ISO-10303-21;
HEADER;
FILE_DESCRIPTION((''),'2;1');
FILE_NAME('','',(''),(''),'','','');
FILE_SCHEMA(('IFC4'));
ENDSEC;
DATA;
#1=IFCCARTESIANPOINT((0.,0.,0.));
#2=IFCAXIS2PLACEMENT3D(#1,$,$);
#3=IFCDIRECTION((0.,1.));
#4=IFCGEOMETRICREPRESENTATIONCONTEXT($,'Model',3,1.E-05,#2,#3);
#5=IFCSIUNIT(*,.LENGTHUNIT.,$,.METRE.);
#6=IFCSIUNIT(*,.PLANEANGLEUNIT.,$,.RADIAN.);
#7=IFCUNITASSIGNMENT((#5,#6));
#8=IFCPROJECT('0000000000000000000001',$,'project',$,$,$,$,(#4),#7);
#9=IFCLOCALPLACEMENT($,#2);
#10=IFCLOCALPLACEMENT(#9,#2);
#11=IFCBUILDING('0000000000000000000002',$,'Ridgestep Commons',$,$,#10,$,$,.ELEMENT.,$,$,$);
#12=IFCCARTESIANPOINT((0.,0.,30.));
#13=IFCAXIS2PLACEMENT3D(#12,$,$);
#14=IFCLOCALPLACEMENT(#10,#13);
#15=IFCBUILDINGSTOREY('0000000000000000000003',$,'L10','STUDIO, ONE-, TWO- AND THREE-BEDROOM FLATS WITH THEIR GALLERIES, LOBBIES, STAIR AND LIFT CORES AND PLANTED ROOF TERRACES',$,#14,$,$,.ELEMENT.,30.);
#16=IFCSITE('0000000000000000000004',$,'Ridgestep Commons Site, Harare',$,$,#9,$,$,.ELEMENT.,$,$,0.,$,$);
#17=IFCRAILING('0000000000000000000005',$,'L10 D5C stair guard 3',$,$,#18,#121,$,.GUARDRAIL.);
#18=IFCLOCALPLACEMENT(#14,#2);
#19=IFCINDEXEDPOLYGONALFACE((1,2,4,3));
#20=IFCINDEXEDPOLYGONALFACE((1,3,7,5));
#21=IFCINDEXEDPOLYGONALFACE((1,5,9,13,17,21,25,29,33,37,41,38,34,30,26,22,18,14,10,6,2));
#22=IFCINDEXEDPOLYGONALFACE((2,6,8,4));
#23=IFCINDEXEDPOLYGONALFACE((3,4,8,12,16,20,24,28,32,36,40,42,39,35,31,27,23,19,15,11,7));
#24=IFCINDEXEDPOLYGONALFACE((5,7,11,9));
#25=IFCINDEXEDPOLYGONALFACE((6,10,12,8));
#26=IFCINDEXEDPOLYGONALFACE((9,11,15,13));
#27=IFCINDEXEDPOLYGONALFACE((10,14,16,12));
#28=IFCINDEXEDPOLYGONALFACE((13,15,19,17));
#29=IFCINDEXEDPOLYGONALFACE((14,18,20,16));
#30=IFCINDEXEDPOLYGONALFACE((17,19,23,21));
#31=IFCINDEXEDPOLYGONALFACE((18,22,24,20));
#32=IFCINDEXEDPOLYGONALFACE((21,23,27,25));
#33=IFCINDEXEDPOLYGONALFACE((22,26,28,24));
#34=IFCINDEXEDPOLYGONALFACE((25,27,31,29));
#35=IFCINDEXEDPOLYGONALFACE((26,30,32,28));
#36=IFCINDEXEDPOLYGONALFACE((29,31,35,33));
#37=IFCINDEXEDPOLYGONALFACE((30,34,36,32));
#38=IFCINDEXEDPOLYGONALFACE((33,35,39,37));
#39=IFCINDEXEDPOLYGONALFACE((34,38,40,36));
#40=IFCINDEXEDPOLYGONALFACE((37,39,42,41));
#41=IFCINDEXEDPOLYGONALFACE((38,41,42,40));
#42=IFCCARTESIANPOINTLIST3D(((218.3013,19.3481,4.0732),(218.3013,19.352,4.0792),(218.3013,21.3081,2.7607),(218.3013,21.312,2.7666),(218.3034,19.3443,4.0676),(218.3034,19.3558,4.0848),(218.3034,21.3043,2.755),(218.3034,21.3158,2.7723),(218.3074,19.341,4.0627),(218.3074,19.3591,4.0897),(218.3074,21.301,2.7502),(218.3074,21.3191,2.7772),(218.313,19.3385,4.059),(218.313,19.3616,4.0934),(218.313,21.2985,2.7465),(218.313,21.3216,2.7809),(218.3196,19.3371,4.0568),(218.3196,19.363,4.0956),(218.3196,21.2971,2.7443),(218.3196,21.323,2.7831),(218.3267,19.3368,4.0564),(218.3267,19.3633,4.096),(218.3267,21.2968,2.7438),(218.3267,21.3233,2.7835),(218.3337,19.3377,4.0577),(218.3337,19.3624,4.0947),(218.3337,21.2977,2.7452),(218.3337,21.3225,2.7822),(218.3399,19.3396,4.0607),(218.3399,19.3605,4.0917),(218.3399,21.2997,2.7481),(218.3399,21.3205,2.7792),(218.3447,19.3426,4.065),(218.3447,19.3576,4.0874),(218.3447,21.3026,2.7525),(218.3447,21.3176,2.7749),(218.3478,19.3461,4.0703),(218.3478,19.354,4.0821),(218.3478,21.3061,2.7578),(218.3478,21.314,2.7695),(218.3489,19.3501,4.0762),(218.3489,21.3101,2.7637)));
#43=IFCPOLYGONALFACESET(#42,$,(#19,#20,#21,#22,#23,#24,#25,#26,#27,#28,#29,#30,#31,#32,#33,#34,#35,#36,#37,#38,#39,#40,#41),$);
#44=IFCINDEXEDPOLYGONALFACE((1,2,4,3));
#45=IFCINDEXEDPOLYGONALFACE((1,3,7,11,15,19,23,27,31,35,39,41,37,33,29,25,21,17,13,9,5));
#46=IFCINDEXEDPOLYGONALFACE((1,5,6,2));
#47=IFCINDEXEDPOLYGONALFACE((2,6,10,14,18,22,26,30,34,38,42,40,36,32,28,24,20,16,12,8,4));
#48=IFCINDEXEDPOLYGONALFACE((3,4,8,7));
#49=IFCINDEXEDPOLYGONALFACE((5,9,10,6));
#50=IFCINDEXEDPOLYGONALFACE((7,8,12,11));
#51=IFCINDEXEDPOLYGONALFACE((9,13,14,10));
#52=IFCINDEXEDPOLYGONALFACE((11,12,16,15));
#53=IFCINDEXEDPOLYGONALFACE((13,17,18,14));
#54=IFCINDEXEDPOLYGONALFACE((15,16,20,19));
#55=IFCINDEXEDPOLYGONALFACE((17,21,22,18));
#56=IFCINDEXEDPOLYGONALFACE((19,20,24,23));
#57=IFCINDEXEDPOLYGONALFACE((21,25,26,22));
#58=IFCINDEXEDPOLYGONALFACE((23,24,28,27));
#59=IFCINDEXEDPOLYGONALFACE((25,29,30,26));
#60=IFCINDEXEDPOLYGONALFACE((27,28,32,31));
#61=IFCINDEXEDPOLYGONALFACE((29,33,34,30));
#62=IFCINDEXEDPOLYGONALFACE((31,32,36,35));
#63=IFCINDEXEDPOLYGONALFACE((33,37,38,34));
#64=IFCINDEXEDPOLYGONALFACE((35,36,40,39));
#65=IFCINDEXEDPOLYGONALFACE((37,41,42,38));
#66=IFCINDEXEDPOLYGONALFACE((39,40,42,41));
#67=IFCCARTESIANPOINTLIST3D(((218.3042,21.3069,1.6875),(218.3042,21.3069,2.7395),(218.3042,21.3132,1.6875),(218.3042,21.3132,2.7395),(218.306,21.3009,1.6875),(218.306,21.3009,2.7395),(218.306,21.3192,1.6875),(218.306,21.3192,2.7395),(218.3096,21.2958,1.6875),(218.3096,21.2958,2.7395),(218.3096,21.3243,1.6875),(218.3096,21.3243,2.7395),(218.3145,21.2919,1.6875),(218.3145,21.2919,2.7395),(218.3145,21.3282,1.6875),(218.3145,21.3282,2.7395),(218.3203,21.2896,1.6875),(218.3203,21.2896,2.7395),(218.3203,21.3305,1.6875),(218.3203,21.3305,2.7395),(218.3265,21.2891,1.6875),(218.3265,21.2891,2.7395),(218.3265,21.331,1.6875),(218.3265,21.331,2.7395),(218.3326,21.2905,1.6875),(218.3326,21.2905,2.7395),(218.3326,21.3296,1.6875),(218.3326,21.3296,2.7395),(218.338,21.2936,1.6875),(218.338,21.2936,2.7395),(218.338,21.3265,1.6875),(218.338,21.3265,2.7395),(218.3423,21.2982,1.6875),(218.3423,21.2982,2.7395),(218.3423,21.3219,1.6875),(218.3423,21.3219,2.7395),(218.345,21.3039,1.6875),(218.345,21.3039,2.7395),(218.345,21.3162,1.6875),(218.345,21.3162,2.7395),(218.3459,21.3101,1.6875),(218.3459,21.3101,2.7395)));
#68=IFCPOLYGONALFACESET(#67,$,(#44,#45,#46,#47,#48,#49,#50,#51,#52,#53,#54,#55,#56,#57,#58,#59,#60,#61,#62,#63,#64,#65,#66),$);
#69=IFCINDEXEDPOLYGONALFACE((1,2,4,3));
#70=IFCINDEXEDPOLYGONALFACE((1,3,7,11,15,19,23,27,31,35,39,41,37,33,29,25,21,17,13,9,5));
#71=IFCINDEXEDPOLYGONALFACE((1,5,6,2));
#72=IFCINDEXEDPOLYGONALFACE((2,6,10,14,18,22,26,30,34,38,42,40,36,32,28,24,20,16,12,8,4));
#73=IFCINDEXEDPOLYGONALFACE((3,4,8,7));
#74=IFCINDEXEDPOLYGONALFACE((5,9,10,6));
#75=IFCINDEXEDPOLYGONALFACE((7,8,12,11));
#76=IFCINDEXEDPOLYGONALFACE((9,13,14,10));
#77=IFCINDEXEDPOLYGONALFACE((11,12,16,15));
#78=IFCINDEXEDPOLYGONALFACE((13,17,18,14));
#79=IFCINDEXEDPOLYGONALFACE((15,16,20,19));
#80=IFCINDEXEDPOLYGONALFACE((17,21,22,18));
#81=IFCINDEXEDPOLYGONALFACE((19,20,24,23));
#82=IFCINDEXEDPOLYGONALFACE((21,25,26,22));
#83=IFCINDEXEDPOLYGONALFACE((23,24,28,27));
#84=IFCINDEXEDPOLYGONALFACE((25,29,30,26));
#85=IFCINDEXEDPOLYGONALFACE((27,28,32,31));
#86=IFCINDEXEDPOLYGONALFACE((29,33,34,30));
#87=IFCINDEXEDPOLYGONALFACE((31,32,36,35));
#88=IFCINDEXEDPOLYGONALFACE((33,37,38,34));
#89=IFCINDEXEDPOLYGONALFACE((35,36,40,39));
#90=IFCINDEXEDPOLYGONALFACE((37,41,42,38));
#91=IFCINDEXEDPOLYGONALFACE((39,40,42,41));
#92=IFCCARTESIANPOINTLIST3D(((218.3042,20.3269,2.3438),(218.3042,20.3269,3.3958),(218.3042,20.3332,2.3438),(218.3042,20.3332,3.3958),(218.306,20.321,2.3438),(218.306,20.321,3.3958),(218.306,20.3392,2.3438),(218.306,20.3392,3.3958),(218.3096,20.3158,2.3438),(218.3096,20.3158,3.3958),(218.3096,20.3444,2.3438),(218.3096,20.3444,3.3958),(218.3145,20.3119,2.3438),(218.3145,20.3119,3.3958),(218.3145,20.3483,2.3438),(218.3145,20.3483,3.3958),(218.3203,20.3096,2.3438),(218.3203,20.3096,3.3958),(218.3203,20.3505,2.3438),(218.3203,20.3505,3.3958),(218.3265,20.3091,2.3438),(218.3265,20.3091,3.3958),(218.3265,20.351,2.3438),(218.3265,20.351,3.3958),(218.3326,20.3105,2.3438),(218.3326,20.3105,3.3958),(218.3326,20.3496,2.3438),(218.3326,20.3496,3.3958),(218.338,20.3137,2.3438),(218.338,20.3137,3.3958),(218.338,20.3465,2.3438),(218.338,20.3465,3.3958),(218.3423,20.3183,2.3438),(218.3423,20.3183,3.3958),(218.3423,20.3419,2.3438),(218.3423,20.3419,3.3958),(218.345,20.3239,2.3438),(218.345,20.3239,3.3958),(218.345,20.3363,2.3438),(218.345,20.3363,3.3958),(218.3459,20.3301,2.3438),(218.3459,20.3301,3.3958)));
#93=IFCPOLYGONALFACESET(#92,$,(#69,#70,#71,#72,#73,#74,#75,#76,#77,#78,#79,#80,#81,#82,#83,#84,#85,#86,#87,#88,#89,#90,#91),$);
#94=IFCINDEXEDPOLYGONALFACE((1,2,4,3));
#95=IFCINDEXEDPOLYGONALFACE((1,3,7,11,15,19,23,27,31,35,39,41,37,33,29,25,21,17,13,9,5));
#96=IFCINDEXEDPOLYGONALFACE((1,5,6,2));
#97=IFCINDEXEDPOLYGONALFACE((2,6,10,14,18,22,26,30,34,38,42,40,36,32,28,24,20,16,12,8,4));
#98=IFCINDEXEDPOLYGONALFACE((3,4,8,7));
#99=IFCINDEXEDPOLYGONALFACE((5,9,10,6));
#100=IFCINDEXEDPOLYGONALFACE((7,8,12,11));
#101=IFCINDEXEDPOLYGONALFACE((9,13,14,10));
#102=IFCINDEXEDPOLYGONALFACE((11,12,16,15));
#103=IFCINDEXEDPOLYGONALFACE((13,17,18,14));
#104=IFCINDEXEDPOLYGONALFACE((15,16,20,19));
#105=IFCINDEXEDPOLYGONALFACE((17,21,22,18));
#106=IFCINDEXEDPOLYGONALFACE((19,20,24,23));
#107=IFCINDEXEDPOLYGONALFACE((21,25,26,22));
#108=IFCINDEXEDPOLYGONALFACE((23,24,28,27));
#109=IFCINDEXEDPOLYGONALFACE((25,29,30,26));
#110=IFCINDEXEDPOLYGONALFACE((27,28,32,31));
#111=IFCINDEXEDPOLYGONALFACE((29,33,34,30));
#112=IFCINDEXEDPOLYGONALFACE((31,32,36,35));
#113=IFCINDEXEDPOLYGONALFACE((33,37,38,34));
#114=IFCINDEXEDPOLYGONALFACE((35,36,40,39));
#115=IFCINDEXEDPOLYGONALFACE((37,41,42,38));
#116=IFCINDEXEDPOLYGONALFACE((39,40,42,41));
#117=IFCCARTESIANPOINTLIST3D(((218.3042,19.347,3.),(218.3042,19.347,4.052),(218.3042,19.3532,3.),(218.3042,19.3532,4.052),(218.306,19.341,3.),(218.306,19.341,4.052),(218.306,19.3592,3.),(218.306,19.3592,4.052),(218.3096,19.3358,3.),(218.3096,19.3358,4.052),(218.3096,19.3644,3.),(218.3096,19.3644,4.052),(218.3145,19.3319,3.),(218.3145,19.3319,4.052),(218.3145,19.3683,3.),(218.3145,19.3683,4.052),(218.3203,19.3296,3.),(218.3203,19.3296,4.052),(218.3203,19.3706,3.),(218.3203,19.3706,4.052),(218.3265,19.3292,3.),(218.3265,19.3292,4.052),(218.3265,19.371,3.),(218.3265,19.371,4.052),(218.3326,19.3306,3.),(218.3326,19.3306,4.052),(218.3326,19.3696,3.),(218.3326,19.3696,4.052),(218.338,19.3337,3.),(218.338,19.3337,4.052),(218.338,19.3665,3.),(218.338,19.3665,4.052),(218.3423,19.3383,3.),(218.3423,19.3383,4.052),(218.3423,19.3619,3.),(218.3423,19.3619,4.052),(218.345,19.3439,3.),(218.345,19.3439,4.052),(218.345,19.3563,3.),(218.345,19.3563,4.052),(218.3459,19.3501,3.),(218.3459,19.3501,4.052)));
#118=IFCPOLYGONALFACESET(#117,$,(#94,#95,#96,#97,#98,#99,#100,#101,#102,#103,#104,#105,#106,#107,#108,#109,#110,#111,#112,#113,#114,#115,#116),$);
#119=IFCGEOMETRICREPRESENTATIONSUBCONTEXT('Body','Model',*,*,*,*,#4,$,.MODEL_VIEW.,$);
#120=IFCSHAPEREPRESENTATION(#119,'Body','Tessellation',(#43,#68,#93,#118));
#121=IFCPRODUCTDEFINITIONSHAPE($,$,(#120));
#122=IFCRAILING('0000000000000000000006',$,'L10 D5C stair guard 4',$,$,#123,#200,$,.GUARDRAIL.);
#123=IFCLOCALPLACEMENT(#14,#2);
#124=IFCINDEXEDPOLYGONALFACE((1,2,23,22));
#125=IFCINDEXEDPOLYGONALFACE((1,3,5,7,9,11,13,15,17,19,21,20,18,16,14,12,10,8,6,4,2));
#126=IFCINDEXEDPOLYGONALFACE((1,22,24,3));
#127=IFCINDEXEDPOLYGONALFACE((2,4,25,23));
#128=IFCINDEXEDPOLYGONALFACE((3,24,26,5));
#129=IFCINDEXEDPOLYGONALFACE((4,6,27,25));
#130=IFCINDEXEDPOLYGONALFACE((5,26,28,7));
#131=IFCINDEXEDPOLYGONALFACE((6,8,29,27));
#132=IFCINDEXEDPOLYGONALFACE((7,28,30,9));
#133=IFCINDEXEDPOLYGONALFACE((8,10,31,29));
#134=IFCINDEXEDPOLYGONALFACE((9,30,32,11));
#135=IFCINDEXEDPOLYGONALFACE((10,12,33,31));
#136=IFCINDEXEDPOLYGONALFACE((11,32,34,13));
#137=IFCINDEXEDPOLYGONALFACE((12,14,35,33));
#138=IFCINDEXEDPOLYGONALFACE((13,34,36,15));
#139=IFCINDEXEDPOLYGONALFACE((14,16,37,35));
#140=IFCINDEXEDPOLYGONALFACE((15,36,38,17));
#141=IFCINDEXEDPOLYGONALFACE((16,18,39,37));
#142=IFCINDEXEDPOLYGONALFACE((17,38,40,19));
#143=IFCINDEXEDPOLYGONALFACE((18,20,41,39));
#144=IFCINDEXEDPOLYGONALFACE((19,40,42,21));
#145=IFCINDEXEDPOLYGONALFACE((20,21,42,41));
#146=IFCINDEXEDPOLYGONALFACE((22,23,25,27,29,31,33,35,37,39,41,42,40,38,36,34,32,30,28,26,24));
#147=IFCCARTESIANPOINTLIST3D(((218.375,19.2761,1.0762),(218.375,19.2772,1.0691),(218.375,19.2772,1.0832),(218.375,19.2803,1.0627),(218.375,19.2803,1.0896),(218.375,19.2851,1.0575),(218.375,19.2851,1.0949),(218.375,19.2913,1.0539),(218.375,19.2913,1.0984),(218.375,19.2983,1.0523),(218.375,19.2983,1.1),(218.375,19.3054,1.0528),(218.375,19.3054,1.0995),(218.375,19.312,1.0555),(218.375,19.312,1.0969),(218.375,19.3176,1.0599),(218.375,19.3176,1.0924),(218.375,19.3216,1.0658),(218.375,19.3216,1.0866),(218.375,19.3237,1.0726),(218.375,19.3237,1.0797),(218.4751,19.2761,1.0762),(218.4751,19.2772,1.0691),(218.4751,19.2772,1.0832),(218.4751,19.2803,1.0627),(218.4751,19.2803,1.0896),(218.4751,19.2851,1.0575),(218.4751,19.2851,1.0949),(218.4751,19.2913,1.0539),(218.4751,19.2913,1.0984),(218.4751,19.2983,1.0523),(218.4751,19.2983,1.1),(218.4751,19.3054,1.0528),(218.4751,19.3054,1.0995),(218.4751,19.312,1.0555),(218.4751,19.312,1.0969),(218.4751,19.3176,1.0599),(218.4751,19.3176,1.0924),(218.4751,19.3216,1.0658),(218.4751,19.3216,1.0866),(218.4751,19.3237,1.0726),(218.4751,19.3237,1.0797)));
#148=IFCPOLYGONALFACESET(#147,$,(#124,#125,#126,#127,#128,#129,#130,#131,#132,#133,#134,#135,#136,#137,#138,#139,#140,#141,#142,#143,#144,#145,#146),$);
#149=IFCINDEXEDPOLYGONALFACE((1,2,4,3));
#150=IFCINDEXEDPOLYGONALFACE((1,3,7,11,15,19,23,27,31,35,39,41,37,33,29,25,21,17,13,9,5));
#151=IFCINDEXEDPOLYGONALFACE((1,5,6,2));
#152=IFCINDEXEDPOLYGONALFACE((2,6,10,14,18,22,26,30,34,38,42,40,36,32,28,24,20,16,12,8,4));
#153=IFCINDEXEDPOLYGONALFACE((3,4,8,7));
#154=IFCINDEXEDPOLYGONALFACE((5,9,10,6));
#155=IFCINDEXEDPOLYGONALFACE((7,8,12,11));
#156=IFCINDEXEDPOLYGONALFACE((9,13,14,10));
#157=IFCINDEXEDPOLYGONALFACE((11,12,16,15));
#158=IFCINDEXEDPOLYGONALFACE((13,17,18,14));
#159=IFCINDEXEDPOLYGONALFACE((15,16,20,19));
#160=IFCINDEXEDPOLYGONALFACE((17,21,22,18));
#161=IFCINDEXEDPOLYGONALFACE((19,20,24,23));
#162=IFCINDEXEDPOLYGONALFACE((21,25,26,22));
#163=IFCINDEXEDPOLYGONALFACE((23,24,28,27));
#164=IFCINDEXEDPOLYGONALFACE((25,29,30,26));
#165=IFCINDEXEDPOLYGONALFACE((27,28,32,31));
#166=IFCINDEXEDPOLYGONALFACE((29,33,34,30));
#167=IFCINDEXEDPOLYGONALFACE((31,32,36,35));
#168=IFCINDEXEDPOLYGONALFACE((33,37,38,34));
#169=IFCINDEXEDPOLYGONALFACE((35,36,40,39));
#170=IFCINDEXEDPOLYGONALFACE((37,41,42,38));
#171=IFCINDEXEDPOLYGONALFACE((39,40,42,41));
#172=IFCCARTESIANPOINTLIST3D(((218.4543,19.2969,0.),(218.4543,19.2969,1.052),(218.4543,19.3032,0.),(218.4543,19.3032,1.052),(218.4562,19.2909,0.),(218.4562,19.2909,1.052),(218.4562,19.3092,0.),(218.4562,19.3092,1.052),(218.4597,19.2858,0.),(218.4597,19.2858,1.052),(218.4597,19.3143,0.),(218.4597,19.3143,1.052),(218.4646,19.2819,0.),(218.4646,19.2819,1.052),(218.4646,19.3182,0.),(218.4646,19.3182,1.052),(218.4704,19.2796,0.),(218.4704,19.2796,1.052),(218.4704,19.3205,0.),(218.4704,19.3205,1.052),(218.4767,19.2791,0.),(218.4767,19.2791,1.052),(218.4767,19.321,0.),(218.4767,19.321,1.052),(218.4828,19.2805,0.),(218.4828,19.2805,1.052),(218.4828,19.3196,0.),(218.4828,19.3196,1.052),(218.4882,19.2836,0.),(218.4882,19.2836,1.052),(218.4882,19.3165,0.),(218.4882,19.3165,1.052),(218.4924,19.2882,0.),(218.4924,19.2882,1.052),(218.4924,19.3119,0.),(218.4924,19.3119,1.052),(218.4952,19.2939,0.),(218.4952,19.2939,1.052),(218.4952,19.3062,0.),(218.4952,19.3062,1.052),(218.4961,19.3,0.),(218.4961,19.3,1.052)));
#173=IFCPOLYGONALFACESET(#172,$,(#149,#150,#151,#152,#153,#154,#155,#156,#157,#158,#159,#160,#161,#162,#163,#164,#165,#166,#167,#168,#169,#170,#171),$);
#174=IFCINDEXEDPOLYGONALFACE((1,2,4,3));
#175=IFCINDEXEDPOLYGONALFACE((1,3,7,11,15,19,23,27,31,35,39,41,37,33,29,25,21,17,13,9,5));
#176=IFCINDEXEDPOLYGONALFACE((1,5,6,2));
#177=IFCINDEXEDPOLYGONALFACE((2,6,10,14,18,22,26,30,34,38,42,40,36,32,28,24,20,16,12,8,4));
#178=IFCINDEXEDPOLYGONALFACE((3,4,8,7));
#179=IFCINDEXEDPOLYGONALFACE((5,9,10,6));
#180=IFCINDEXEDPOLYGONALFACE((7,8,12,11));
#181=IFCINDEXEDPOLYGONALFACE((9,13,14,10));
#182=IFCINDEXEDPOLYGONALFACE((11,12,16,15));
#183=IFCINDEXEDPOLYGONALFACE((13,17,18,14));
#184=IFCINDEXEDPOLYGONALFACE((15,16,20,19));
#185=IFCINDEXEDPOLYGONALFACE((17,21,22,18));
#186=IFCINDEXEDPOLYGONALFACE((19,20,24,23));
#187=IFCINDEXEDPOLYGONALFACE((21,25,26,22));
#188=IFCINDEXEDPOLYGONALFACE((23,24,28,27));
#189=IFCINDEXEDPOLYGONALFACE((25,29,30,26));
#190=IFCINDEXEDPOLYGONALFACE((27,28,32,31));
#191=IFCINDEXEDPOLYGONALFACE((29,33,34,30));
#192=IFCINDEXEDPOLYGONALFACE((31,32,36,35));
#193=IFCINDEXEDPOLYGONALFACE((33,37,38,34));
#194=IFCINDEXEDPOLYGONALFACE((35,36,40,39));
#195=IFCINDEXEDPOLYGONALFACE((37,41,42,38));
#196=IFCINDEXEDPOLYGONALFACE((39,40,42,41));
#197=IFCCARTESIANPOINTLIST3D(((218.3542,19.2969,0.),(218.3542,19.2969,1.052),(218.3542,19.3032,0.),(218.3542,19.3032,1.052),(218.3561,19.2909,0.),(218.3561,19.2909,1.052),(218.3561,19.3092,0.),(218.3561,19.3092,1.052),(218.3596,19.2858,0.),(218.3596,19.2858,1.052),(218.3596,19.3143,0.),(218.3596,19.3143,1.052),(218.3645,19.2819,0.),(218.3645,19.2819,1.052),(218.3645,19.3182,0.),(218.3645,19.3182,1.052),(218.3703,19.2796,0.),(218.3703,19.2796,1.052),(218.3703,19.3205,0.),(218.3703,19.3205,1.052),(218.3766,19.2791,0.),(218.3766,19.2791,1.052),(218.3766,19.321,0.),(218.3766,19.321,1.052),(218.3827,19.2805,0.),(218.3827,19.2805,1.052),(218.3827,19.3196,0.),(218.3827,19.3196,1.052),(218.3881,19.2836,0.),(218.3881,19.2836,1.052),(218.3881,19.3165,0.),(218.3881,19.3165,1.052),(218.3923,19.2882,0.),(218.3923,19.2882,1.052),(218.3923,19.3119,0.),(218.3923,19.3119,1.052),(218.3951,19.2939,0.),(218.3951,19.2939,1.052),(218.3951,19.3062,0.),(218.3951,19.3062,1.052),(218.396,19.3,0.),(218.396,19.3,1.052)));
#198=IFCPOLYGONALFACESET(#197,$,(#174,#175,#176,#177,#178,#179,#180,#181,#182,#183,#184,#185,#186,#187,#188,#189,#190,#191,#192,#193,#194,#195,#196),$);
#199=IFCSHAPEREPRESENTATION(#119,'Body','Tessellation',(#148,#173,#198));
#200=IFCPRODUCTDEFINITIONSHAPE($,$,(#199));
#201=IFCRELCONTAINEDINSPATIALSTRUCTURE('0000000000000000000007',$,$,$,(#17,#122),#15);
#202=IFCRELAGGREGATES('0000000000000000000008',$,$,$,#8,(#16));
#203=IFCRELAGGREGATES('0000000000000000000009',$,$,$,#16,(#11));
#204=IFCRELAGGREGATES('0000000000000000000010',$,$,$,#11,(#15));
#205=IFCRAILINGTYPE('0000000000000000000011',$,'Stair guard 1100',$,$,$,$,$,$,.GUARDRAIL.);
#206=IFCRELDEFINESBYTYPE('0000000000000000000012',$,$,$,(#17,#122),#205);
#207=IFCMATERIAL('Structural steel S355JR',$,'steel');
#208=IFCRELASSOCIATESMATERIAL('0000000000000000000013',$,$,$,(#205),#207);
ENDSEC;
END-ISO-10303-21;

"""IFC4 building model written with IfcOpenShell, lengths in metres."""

from ifc_helpers import new_model, si_unit, direction, frame, origin, origin_2d, place, context, subcontext, project, spatial, circle, extrude, material, type_object, element, save


model = new_model("IFC4")

# Units and contexts
model_context = context("Model", 3, precision=1e-05, world=origin(), true_north=direction((0.0, 1.0)))
body_context = subcontext(model_context, "Body", "Model", "MODEL_VIEW")
ifc_project = project(units=[si_unit("LENGTHUNIT", "METRE"), si_unit("PLANEANGLEUNIT", "RADIAN")], contexts=[model_context])

# Site, building, storey
site_placement = place(None, origin())
site = spatial("IfcSite", under=ifc_project, at=site_placement, Name="Ridgestep Commons Site, Harare", CompositionType="ELEMENT", RefElevation=0.0)
building_placement = place(site_placement, origin())
building = spatial("IfcBuilding", under=site, at=building_placement, Name="Ridgestep Commons", CompositionType="ELEMENT")
storey_placement = place(building_placement, frame((0.0, 0.0, 30.0)))
storey = spatial("IfcBuildingStorey", under=building, at=storey_placement, Name="L10", Description="STUDIO, ONE-, TWO- AND THREE-BEDROOM FLATS WITH THEIR GALLERIES, LOBBIES, STAIR AND LIFT CORES AND PLANTED ROOF TERRACES", CompositionType="ELEMENT", Elevation=30.0)

# Railings
ifc_material_1 = material(Name="Structural steel S355JR", Category="steel")
railing_type_1 = type_object("IfcRailingType", Name="Stair guard 1100", PredefinedType="GUARDRAIL", material=ifc_material_1)
railing_1_placement = place(storey_placement, frame((218.325, 21.3101, 1.6875)))
element("IfcRailing", 1, at=railing_1_placement, inside=storey, type_object=railing_type_1, Name="L10 D5C stair guard 3", PredefinedType="GUARDRAIL", context=body_context, shape_type="SweptSolid", body=[
    extrude(circle(Radius=0.0239, at=origin_2d()), frame((0.0, 0.0, 1.0762), z_axis=(0.0, -0.830902, 0.556419), x_axis=(1.0, 0.0, 0.0)), (0.0, 0.0, 1.0), 2.3589),
    extrude(circle(Radius=0.021, at=origin_2d()), origin(), (0.0, 0.0, 1.0), 1.052),
    extrude(circle(Radius=0.021, at=origin_2d()), frame((0.0, -0.98, 0.6562)), (0.0, 0.0, 1.0), 1.052),
    extrude(circle(Radius=0.021, at=origin_2d()), frame((0.0, -1.96, 1.3125)), (0.0, 0.0, 1.0), 1.052),
])
railing_2_placement = place(storey_placement, frame((218.4751, 19.3, 0.0)))
element("IfcRailing", 2, at=railing_2_placement, inside=storey, type_object=railing_type_1, Name="L10 D5C stair guard 4", PredefinedType="GUARDRAIL", context=body_context, shape_type="SweptSolid", body=[
    extrude(circle(Radius=0.0239, at=origin_2d()), frame((0.0, 0.0, 1.0762), z_axis=(-1.0, 0.0, 0.0), x_axis=(0.0, -1.0, 0.0)), (0.0, 0.0, 1.0), 0.1001),
    extrude(circle(Radius=0.021, at=origin_2d()), origin(), (0.0, 0.0, 1.0), 1.052),
    extrude(circle(Radius=0.021, at=origin_2d()), frame((-0.1001, 0.0, 0.0)), (0.0, 0.0, 1.0), 1.052),
])

save(model, "model.ifc")
